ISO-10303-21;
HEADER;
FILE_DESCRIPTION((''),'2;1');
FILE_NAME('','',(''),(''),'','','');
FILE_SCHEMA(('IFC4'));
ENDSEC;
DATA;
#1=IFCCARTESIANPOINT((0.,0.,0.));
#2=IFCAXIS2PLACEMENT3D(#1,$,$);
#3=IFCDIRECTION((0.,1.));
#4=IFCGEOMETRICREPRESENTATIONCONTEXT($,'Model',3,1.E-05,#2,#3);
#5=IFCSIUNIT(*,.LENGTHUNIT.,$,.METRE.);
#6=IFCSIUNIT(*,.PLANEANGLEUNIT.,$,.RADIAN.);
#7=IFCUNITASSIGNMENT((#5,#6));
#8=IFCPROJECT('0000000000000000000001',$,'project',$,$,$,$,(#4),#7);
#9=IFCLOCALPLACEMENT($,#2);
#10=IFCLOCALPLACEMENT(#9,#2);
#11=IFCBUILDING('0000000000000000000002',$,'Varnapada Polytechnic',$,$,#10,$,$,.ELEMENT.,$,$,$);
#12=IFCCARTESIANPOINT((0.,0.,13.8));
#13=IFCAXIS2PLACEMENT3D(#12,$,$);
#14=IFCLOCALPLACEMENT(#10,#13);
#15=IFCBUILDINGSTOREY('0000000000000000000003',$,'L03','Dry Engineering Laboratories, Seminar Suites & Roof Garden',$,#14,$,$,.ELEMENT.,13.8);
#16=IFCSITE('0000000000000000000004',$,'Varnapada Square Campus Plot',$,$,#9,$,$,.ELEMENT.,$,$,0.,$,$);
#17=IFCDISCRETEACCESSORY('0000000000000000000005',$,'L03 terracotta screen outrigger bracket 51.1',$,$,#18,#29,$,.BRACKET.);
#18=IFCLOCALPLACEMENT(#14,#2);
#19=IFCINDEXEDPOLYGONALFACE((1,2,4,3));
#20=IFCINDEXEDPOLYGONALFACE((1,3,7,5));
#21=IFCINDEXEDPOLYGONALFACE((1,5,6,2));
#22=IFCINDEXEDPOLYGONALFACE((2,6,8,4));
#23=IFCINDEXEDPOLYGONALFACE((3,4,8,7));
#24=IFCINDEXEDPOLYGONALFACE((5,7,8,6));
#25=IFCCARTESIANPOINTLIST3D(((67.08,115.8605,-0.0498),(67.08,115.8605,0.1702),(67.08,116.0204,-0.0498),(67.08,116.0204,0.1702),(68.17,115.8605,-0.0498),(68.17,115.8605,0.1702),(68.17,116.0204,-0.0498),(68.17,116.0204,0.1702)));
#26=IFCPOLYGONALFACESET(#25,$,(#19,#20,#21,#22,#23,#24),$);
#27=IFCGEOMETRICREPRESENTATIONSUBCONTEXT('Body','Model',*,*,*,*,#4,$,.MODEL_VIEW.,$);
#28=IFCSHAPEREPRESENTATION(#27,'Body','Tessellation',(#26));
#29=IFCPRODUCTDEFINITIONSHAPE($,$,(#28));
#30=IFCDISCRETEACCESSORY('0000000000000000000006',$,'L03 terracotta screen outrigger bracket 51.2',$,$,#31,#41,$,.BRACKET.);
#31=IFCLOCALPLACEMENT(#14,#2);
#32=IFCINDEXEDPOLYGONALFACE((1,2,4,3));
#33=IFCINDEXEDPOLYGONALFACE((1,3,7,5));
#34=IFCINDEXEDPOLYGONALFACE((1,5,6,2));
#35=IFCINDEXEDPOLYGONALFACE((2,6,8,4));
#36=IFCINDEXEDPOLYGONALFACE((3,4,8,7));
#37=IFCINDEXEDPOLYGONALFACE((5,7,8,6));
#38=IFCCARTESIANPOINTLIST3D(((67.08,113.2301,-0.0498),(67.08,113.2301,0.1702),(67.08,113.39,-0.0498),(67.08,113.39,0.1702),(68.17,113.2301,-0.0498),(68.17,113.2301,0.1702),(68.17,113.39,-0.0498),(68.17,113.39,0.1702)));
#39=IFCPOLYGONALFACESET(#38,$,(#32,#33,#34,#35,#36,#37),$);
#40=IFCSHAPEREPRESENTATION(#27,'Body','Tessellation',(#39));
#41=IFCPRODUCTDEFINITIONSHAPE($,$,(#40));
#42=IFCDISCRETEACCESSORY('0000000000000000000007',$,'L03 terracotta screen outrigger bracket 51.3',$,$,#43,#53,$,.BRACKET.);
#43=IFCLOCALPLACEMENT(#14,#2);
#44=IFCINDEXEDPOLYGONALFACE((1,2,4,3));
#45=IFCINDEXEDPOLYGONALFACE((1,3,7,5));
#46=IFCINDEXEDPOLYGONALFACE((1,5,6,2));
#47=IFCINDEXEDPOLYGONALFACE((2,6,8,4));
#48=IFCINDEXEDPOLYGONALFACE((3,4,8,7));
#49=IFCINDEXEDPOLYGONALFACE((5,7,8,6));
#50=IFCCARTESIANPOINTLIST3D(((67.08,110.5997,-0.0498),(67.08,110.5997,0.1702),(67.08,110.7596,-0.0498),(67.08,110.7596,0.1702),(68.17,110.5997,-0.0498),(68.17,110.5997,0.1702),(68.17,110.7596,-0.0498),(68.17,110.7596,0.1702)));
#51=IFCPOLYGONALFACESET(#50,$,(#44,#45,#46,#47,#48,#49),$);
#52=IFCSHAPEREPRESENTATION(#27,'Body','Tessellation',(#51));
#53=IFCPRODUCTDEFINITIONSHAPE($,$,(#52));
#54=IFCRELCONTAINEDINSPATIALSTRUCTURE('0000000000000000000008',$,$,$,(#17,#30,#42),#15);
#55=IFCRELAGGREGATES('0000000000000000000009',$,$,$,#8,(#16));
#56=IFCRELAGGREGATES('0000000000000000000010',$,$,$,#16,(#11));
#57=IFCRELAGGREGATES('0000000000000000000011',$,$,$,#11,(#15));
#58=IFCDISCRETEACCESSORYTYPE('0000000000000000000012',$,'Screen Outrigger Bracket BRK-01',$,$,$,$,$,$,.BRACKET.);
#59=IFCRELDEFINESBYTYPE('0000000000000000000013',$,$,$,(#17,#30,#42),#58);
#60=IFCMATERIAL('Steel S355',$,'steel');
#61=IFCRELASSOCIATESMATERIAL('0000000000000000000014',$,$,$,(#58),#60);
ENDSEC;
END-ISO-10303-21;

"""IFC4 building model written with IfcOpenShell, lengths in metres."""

from ifc_helpers import new_model, si_unit, direction, frame, origin, origin_2d, place, context, subcontext, project, spatial, rectangle, extrude, material, type_object, element, save


model = new_model("IFC4")

# Units and contexts
model_context = context("Model", 3, precision=1e-05, world=origin(), true_north=direction((0.0, 1.0)))
body_context = subcontext(model_context, "Body", "Model", "MODEL_VIEW")
ifc_project = project(units=[si_unit("LENGTHUNIT", "METRE"), si_unit("PLANEANGLEUNIT", "RADIAN")], contexts=[model_context])

# Site, building, storey
site_placement = place(None, origin())
site = spatial("IfcSite", under=ifc_project, at=site_placement, Name="Varnapada Square Campus Plot", CompositionType="ELEMENT", RefElevation=0.0)
building_placement = place(site_placement, origin())
building = spatial("IfcBuilding", under=site, at=building_placement, Name="Varnapada Polytechnic", CompositionType="ELEMENT")
storey_placement = place(building_placement, frame((0.0, 0.0, 13.8)))
storey = spatial("IfcBuildingStorey", under=building, at=storey_placement, Name="L03", Description="Dry Engineering Laboratories, Seminar Suites & Roof Garden", CompositionType="ELEMENT", Elevation=13.8)

# Discrete accessories
ifc_material_1 = material(Name="Steel S355", Category="steel")
discrete_accessory_type = type_object("IfcDiscreteAccessoryType", Name="Screen Outrigger Bracket BRK-01", PredefinedType="BRACKET", material=ifc_material_1)
for number, where, z_axis, x_axis, name in (
    (1, (67.625, 115.9404, -0.0498), (0.0, 0.0, 1.0), (0.0, -1.0, 0.0), "L03 terracotta screen outrigger bracket 51.1"),
    (2, (67.625, 113.3101, -0.0498), (0.0, 0.0, 1.0), (0.0, -1.0, 0.0), "L03 terracotta screen outrigger bracket 51.2"),
    (3, (67.625, 110.6797, -0.0498), (0.0, 0.0, 1.0), (0.0, -1.0, 0.0), "L03 terracotta screen outrigger bracket 51.3"),
):
    element("IfcDiscreteAccessory", number, at=place(storey_placement, frame(where, z_axis=z_axis, x_axis=x_axis)), inside=storey, type_object=discrete_accessory_type, Name=name, PredefinedType="BRACKET", context=body_context, shape_type="SweptSolid", body=[
        extrude(rectangle(XDim=0.1599, YDim=1.0901, at=origin_2d()), origin(), (0.0, 0.0, 1.0), 0.22),
    ])

save(model, "model.ifc")
